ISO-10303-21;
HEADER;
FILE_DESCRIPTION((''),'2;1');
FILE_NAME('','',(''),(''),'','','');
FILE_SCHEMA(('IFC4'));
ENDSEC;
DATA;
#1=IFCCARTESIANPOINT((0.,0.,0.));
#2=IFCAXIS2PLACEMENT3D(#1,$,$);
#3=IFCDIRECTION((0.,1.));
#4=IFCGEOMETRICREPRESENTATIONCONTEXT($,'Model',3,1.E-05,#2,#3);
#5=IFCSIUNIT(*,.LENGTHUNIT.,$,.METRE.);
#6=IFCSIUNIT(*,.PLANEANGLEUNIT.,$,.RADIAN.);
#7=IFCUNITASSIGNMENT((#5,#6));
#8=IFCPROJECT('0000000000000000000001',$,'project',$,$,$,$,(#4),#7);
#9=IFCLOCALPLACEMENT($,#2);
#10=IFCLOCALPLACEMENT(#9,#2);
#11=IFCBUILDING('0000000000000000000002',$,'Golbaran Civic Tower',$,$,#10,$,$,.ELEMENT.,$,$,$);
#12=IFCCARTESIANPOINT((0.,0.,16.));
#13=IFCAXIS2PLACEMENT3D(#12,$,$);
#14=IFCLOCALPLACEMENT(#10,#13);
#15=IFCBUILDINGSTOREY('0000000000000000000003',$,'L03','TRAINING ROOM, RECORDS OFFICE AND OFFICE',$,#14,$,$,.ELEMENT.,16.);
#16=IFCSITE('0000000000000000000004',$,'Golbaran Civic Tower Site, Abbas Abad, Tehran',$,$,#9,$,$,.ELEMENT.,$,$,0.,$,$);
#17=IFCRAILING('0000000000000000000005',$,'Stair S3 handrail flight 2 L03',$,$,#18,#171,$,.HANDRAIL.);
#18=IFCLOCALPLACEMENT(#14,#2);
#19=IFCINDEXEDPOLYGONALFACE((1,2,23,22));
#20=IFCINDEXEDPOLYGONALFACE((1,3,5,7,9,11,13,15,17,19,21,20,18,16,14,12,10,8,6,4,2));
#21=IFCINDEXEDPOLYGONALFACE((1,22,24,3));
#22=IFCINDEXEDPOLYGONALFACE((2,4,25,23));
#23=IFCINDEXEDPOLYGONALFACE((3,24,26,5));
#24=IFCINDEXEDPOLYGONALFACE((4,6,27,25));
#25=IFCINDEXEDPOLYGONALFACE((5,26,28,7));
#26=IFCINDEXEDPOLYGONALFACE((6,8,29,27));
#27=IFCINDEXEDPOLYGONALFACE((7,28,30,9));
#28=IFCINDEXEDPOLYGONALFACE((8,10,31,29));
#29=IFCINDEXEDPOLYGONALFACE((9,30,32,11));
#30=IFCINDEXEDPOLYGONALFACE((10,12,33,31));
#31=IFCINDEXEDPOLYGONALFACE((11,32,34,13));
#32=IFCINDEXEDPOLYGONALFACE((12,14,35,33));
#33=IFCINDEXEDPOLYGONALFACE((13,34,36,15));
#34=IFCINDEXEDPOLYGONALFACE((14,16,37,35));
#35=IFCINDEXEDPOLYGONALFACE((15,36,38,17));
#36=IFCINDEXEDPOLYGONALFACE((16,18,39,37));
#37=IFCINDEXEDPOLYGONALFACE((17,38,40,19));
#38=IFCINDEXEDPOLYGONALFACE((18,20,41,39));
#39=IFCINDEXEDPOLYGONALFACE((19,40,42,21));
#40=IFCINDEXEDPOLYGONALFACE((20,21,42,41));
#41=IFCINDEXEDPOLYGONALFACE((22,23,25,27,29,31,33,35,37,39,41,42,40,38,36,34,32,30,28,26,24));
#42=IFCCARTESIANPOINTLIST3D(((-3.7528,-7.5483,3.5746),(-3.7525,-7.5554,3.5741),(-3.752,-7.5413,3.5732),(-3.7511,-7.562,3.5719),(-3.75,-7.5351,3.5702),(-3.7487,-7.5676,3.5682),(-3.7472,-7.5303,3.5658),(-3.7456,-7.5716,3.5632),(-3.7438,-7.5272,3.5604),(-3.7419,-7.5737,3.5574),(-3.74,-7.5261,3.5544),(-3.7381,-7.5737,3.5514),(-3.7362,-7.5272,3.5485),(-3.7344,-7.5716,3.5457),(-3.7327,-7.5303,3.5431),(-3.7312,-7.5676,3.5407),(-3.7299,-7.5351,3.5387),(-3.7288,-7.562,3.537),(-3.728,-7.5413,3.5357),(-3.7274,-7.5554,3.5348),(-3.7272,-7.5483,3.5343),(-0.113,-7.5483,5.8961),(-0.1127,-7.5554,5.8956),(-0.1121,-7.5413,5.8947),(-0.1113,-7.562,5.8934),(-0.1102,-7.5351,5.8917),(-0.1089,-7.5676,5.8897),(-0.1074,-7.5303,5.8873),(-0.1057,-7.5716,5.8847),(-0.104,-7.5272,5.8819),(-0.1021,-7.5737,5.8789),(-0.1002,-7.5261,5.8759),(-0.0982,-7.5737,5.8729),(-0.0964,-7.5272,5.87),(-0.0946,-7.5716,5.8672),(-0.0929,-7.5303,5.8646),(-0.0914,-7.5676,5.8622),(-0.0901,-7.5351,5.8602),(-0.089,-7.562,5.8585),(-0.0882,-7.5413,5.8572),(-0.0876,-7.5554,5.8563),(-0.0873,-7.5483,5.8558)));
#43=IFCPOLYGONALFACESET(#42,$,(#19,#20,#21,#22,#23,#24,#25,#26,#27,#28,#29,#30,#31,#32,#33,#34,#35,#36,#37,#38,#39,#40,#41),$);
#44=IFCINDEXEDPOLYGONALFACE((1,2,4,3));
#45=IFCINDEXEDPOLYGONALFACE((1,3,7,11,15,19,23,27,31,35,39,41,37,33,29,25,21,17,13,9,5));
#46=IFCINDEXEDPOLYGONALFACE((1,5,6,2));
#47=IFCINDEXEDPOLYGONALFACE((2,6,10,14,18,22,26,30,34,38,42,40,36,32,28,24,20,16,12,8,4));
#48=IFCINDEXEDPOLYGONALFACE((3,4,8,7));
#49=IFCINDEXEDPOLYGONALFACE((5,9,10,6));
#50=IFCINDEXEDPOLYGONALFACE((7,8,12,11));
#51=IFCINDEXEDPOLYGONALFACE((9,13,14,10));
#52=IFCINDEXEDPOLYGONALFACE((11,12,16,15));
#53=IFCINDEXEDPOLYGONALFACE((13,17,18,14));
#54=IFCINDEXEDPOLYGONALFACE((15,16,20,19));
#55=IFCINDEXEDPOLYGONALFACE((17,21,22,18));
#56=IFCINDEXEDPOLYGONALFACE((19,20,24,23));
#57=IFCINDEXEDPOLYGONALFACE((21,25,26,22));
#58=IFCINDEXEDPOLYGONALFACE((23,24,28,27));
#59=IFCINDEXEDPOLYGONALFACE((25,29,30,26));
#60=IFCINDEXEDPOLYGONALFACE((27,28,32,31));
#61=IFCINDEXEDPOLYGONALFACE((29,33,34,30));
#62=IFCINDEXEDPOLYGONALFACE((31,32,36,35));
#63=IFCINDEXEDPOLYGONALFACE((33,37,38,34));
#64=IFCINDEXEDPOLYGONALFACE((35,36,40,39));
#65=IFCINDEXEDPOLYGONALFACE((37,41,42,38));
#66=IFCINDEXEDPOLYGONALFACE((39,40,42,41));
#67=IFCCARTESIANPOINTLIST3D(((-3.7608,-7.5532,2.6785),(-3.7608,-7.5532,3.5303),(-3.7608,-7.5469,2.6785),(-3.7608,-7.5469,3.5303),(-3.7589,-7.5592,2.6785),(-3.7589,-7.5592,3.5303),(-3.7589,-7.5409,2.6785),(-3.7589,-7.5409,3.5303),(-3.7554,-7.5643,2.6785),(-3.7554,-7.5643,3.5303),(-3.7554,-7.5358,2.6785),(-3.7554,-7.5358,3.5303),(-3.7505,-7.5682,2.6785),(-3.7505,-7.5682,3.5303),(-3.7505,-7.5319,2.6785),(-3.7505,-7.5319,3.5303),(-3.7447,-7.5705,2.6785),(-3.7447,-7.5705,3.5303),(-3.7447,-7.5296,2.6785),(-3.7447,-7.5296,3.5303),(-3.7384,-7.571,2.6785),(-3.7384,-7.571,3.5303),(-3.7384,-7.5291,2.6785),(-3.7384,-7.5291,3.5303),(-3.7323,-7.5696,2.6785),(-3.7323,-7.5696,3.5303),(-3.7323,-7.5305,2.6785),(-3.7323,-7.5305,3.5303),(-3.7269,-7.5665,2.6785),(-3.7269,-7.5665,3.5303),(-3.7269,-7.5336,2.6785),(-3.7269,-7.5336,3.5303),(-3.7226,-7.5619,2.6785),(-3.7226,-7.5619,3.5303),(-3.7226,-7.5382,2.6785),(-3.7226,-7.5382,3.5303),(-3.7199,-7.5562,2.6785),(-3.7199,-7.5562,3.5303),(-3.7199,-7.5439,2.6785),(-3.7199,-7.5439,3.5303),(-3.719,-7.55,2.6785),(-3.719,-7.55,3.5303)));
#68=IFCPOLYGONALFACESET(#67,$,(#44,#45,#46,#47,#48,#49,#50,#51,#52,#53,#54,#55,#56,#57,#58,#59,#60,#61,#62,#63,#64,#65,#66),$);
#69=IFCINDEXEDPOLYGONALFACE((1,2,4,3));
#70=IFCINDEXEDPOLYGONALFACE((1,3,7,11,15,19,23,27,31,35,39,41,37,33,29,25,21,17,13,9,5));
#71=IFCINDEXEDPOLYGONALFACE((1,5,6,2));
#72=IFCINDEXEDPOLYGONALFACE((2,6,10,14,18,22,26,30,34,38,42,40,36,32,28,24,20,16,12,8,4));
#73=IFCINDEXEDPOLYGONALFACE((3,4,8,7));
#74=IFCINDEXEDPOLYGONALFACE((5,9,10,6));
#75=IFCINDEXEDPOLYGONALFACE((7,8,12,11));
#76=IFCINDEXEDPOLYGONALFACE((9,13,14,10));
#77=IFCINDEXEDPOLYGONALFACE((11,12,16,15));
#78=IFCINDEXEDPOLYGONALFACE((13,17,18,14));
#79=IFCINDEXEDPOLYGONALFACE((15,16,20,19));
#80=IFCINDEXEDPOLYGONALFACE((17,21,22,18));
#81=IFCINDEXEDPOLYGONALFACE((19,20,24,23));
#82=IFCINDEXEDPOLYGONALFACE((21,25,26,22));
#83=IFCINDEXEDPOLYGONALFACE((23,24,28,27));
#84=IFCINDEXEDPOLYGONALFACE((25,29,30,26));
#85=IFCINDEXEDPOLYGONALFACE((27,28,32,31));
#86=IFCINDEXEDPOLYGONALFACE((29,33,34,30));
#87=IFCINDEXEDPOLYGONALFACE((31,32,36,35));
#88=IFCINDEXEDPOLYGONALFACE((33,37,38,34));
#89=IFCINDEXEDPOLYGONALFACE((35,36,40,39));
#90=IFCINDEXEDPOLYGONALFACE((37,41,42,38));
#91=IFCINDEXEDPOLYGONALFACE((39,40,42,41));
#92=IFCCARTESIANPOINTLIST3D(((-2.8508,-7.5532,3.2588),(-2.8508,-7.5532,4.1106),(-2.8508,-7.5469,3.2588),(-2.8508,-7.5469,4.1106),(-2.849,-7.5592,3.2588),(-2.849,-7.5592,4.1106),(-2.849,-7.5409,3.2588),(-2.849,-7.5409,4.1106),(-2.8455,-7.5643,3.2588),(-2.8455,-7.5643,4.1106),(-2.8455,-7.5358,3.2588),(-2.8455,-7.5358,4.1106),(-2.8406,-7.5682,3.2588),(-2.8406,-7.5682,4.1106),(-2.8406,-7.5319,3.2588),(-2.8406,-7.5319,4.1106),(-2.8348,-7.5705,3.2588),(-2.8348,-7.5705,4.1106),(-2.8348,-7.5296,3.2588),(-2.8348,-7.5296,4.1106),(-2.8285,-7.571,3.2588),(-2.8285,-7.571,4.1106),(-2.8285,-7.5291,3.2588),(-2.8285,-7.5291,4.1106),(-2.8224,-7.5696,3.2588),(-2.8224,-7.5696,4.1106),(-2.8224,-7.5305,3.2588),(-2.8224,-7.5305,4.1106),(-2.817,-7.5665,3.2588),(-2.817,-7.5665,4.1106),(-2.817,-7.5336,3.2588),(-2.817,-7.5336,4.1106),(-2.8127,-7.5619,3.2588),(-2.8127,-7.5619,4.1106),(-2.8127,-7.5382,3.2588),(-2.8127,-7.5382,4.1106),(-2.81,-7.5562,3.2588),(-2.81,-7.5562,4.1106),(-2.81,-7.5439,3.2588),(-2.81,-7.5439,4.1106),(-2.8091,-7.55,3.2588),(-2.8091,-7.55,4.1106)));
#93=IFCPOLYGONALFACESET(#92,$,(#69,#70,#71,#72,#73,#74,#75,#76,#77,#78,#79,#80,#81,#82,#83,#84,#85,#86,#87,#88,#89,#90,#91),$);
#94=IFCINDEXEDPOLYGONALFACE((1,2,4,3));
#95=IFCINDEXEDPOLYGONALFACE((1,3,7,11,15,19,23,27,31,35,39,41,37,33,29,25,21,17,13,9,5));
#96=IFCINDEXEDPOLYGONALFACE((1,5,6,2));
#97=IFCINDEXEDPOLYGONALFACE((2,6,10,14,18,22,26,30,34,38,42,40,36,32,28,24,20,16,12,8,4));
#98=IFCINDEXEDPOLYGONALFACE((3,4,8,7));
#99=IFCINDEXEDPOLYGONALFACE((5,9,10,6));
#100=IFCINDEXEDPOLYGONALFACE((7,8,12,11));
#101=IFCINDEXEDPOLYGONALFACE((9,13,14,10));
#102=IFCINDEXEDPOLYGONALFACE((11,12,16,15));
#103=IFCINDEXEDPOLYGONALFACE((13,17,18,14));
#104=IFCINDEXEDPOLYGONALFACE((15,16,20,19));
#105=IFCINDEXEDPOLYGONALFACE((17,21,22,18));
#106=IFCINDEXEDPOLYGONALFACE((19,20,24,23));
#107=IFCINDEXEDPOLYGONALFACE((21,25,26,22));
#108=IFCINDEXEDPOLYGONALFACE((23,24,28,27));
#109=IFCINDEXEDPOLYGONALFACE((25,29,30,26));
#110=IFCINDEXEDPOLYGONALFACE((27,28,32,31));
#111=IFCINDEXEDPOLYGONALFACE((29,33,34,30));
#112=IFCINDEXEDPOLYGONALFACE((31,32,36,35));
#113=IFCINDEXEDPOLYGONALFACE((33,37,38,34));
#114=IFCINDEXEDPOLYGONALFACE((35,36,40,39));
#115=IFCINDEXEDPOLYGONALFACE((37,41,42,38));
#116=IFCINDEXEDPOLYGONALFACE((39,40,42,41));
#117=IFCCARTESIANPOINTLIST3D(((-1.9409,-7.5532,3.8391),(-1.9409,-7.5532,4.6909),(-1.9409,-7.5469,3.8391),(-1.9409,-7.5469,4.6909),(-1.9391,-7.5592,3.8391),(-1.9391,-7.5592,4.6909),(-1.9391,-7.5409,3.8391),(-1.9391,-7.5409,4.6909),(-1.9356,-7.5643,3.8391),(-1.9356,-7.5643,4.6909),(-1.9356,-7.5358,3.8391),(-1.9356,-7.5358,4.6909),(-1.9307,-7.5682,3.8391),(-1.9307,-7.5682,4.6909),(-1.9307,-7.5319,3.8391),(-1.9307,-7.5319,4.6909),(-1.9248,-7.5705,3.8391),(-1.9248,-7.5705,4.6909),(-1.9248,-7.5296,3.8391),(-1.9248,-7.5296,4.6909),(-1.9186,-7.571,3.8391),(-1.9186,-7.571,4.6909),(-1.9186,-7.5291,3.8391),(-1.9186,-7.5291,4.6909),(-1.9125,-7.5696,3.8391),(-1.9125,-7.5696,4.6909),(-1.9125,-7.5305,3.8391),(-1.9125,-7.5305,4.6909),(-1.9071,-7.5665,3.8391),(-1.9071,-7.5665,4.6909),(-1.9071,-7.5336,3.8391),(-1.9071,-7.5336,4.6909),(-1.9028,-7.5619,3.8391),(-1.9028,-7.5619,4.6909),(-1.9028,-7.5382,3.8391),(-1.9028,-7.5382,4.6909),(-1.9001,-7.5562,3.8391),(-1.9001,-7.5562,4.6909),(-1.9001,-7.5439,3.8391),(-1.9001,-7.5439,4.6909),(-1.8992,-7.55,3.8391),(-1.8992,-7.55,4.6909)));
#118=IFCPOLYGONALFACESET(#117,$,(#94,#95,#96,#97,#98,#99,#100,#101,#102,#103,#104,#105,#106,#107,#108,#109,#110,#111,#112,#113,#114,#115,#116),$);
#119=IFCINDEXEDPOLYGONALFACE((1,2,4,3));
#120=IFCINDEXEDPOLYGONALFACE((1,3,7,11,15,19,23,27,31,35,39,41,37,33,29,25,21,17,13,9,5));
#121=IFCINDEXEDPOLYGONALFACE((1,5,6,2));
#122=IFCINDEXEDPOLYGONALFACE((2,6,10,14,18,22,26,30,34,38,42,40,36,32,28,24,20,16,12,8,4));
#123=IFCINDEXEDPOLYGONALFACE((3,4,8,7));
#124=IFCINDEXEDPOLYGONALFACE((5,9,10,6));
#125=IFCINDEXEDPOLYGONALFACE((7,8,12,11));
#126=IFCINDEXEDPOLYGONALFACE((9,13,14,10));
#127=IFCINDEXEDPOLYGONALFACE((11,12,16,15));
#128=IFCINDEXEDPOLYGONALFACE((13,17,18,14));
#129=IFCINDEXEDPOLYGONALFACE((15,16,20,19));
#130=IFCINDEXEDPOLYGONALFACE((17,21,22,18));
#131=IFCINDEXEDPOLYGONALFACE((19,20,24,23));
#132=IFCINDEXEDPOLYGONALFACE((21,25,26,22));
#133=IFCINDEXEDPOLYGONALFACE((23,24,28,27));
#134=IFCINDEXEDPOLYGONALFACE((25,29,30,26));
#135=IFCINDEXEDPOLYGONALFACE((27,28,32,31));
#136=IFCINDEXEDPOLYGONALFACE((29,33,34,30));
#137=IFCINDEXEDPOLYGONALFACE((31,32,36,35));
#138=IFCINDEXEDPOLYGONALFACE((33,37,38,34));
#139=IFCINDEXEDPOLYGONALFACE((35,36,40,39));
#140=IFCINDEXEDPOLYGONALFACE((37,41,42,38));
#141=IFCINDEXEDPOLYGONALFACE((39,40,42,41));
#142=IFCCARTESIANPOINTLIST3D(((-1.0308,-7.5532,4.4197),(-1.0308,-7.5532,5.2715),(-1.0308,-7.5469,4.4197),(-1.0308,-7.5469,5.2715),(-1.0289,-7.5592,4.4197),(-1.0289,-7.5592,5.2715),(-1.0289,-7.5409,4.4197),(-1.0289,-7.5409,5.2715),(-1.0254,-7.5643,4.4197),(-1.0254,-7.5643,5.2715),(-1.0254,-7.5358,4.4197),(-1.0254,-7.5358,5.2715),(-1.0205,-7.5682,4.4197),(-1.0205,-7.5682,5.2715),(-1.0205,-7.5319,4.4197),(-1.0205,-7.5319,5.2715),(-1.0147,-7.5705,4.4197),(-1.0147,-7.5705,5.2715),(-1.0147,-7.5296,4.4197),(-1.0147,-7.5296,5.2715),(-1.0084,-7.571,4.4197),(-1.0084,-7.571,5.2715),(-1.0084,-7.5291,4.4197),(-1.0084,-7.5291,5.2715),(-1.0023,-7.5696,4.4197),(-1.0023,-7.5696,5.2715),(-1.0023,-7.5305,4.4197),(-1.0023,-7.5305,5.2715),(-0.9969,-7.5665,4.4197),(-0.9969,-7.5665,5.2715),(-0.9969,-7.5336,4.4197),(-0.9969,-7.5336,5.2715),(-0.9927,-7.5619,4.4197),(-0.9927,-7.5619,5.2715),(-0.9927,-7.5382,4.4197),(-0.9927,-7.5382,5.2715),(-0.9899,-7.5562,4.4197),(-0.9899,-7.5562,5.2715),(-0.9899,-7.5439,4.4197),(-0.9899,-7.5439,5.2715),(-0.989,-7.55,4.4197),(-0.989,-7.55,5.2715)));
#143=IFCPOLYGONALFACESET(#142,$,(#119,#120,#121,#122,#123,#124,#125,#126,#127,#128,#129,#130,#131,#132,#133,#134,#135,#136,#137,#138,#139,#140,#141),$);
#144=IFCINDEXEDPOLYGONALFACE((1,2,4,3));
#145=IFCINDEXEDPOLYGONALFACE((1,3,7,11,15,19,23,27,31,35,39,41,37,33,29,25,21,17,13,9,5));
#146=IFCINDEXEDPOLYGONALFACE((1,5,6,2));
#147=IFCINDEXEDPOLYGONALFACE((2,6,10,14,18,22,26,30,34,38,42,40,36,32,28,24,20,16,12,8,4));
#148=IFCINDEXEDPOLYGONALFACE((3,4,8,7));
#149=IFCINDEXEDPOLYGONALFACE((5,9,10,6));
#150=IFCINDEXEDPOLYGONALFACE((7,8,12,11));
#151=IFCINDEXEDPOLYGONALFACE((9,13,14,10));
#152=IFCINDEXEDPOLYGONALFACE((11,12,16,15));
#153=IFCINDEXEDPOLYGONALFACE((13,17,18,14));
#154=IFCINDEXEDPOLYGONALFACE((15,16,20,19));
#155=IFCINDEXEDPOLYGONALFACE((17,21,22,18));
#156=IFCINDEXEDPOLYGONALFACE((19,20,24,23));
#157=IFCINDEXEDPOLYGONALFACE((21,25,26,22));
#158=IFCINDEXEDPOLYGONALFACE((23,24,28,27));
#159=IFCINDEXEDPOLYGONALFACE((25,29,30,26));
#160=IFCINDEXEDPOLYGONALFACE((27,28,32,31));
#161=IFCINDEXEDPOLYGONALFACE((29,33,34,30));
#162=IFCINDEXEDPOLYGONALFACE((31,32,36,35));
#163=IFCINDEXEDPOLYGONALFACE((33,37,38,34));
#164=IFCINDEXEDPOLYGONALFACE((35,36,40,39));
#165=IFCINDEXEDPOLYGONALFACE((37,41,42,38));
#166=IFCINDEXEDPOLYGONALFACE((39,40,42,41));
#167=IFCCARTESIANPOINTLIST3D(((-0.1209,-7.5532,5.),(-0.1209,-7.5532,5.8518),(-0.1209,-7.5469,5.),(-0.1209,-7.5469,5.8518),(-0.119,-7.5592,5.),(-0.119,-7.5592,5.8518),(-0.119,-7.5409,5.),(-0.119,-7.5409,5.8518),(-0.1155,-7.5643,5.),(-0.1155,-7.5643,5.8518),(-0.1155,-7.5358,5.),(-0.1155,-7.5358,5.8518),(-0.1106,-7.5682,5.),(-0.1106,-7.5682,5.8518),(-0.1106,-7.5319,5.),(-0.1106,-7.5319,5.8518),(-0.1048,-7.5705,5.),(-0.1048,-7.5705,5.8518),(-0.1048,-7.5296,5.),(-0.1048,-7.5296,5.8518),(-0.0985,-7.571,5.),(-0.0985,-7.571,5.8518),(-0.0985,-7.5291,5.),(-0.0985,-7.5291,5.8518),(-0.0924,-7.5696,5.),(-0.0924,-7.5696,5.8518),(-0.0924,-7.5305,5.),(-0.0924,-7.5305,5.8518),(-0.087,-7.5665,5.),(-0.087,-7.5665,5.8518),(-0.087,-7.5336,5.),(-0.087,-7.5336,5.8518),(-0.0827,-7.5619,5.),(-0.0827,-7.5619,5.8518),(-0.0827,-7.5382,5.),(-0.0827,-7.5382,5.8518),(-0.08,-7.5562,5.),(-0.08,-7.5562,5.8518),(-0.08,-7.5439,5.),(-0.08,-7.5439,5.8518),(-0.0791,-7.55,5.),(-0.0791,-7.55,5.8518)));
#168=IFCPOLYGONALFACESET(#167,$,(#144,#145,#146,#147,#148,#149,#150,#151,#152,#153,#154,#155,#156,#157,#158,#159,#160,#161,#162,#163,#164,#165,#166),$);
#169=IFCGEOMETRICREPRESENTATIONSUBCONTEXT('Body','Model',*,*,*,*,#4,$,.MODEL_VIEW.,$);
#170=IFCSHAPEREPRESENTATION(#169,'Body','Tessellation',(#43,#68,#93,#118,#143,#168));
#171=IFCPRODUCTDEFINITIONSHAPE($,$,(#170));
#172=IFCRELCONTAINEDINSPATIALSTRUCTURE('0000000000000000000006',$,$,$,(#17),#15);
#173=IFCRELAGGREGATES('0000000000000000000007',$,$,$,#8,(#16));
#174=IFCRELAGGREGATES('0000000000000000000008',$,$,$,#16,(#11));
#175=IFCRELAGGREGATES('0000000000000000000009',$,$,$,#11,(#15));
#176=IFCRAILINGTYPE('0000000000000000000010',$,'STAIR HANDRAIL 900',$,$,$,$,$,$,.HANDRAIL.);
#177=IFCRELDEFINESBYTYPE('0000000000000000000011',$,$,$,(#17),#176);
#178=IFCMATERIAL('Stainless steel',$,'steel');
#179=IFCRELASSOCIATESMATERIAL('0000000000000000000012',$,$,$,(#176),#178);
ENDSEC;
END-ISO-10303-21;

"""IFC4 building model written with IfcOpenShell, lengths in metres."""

from ifc_helpers import new_model, si_unit, direction, frame, origin, origin_2d, place, context, subcontext, project, spatial, circle, extrude, material, type_object, element, save


model = new_model("IFC4")

# Units and contexts
model_context = context("Model", 3, precision=1e-05, world=origin(), true_north=direction((0.0, 1.0)))
body_context = subcontext(model_context, "Body", "Model", "MODEL_VIEW")
ifc_project = project(units=[si_unit("LENGTHUNIT", "METRE"), si_unit("PLANEANGLEUNIT", "RADIAN")], contexts=[model_context])

# Site, building, storey
site_placement = place(None, origin())
site = spatial("IfcSite", under=ifc_project, at=site_placement, Name="Golbaran Civic Tower Site, Abbas Abad, Tehran", CompositionType="ELEMENT", RefElevation=0.0)
building_placement = place(site_placement, origin())
building = spatial("IfcBuilding", under=site, at=building_placement, Name="Golbaran Civic Tower", CompositionType="ELEMENT")
storey_placement = place(building_placement, frame((0.0, 0.0, 16.0)))
storey = spatial("IfcBuildingStorey", under=building, at=storey_placement, Name="L03", Description="TRAINING ROOM, RECORDS OFFICE AND OFFICE", CompositionType="ELEMENT", Elevation=16.0)

# Railing
ifc_material_1 = material(Name="Stainless steel", Category="steel")
railing_type_1 = type_object("IfcRailingType", Name="STAIR HANDRAIL 900", PredefinedType="HANDRAIL", material=ifc_material_1)
railing_1_placement = place(storey_placement, frame((-3.74, -7.55, 2.6785)))
element("IfcRailing", 1, at=railing_1_placement, inside=storey, type_object=railing_type_1, Name="Stair S3 handrail flight 2 L03", PredefinedType="HANDRAIL", context=body_context, shape_type="SweptSolid", body=[
    extrude(circle(Radius=0.0239, at=origin_2d()), frame((0.0, 0.0, 0.876), z_axis=(0.843112, 0.0, 0.537739), x_axis=(0.0, 1.0, 0.0)), (0.0, 0.0, 1.0), 4.3171),
    extrude(circle(Radius=0.021, at=origin_2d()), origin(), (0.0, 0.0, 1.0), 0.8518),
    extrude(circle(Radius=0.021, at=origin_2d()), frame((0.9099, 0.0, 0.5803)), (0.0, 0.0, 1.0), 0.8518),
    extrude(circle(Radius=0.021, at=origin_2d()), frame((1.8198, 0.0, 1.1606)), (0.0, 0.0, 1.0), 0.8518),
    extrude(circle(Radius=0.021, at=origin_2d()), frame((2.73, 0.0, 1.7412)), (0.0, 0.0, 1.0), 0.8518),
    extrude(circle(Radius=0.021, at=origin_2d()), frame((3.6399, 0.0, 2.3215)), (0.0, 0.0, 1.0), 0.8518),
])

save(model, "model.ifc")
